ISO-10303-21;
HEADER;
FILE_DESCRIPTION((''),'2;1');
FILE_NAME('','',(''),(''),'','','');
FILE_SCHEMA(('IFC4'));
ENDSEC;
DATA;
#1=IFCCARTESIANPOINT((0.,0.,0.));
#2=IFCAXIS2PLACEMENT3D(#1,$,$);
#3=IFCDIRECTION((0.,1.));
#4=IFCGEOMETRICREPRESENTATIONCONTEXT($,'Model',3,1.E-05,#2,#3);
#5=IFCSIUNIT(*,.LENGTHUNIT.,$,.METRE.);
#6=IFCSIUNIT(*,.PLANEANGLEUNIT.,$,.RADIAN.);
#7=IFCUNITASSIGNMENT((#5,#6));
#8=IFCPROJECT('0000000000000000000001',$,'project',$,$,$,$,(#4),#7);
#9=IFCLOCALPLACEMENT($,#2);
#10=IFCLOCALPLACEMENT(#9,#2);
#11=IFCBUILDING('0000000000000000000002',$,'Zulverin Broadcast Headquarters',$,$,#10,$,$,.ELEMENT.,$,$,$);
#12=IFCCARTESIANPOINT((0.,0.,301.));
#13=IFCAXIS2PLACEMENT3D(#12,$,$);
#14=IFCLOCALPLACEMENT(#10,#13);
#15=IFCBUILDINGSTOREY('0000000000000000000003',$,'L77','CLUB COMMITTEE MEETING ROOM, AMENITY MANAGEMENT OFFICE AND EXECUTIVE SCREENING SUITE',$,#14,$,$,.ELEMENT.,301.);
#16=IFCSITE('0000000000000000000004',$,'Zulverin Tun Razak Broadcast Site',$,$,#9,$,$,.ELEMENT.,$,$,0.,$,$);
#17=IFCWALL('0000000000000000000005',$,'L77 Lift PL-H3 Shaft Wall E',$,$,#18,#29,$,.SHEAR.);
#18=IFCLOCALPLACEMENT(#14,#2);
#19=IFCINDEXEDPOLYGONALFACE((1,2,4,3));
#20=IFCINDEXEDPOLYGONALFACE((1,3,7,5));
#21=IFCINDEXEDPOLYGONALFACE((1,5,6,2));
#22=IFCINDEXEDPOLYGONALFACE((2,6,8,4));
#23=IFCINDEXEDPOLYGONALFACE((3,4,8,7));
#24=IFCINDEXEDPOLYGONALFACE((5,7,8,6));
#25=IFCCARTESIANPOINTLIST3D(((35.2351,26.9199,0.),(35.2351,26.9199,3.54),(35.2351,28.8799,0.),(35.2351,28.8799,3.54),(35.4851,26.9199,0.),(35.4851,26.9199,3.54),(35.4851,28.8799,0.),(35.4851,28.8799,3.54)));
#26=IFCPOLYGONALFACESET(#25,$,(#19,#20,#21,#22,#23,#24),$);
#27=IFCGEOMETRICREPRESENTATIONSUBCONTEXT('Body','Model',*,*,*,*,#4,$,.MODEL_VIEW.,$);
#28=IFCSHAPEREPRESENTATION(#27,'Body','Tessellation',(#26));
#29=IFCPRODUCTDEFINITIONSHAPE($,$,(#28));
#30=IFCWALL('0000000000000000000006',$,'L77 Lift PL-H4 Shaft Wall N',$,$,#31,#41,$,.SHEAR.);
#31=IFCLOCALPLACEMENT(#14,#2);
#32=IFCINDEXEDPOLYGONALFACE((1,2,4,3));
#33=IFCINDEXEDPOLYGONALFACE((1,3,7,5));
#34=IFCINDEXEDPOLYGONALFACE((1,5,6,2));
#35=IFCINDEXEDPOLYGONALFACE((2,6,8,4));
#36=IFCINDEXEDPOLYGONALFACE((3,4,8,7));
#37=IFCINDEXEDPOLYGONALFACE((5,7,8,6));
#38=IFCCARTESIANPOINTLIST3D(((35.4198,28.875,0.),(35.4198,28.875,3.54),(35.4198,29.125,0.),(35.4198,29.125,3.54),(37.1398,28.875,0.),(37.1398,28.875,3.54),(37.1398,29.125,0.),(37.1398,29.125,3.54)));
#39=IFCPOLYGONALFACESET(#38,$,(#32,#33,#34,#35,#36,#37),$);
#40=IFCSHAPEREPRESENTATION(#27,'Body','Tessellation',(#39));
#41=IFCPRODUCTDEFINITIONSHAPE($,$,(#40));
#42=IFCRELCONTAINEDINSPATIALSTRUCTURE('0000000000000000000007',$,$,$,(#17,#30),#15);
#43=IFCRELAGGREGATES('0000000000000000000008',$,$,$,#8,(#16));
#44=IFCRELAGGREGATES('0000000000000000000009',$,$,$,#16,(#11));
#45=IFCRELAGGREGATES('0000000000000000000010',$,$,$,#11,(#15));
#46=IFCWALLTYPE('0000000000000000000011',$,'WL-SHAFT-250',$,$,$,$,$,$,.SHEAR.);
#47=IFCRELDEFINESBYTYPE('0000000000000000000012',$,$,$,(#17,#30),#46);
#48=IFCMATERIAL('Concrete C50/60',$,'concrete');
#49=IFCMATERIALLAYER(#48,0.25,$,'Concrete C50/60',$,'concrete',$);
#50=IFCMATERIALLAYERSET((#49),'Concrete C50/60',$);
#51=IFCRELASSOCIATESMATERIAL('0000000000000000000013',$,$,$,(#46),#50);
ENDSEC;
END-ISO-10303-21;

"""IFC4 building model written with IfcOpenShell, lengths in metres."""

from ifc_helpers import new_model, si_unit, direction, frame, frame_2d, origin, place, context, subcontext, project, spatial, rectangle, extrude, material, layer, layer_set, type_object, element, save


model = new_model("IFC4")

# Units and contexts
model_context = context("Model", 3, precision=1e-05, world=origin(), true_north=direction((0.0, 1.0)))
body_context = subcontext(model_context, "Body", "Model", "MODEL_VIEW")
ifc_project = project(units=[si_unit("LENGTHUNIT", "METRE"), si_unit("PLANEANGLEUNIT", "RADIAN")], contexts=[model_context])

# Site, building, storey
site_placement = place(None, origin())
site = spatial("IfcSite", under=ifc_project, at=site_placement, Name="Zulverin Tun Razak Broadcast Site", CompositionType="ELEMENT", RefElevation=0.0)
building_placement = place(site_placement, origin())
building = spatial("IfcBuilding", under=site, at=building_placement, Name="Zulverin Broadcast Headquarters", CompositionType="ELEMENT")
storey_placement = place(building_placement, frame((0.0, 0.0, 301.0)))
storey = spatial("IfcBuildingStorey", under=building, at=storey_placement, Name="L77", Description="CLUB COMMITTEE MEETING ROOM, AMENITY MANAGEMENT OFFICE AND EXECUTIVE SCREENING SUITE", CompositionType="ELEMENT", Elevation=301.0)

# Shared definitions
ifc_material_1 = material(Name="Concrete C50/60", Category="concrete")
ifc_layer_1 = layer(ifc_material_1, 0.25, Name="Concrete C50/60", Category="concrete")
ifc_layer_set_1 = layer_set([ifc_layer_1], Name="Concrete C50/60")
wall_type_1 = type_object("IfcWallType", Name="WL-SHAFT-250", PredefinedType="SHEAR", material=ifc_layer_set_1)

# Wall
wall_1_placement = place(storey_placement, frame((35.3601, 26.9199, 0.0), z_axis=(0.0, 0.0, 1.0), x_axis=(0.0, 1.0, 0.0)))
element("IfcWall", 1, at=wall_1_placement, inside=storey, type_object=wall_type_1, Name="L77 Lift PL-H3 Shaft Wall E", PredefinedType="SHEAR", context=body_context, shape_type="SweptSolid", body=[
    extrude(rectangle(XDim=1.96, YDim=0.25, at=frame_2d((0.98, 0.0))), origin(), (0.0, 0.0, 1.0), 3.54),
])

# Wall
wall_2_placement = place(storey_placement, frame((35.4199, 29.0, 0.0), z_axis=(0.0, 0.0, 1.0), x_axis=(1.0, 0.0, 0.0)))
element("IfcWall", 2, at=wall_2_placement, inside=storey, type_object=wall_type_1, Name="L77 Lift PL-H4 Shaft Wall N", PredefinedType="SHEAR", context=body_context, shape_type="SweptSolid", body=[
    extrude(rectangle(XDim=1.72, YDim=0.25, at=frame_2d((0.8599, 0.0))), origin(), (0.0, 0.0, 1.0), 3.54),
])

save(model, "model.ifc")
